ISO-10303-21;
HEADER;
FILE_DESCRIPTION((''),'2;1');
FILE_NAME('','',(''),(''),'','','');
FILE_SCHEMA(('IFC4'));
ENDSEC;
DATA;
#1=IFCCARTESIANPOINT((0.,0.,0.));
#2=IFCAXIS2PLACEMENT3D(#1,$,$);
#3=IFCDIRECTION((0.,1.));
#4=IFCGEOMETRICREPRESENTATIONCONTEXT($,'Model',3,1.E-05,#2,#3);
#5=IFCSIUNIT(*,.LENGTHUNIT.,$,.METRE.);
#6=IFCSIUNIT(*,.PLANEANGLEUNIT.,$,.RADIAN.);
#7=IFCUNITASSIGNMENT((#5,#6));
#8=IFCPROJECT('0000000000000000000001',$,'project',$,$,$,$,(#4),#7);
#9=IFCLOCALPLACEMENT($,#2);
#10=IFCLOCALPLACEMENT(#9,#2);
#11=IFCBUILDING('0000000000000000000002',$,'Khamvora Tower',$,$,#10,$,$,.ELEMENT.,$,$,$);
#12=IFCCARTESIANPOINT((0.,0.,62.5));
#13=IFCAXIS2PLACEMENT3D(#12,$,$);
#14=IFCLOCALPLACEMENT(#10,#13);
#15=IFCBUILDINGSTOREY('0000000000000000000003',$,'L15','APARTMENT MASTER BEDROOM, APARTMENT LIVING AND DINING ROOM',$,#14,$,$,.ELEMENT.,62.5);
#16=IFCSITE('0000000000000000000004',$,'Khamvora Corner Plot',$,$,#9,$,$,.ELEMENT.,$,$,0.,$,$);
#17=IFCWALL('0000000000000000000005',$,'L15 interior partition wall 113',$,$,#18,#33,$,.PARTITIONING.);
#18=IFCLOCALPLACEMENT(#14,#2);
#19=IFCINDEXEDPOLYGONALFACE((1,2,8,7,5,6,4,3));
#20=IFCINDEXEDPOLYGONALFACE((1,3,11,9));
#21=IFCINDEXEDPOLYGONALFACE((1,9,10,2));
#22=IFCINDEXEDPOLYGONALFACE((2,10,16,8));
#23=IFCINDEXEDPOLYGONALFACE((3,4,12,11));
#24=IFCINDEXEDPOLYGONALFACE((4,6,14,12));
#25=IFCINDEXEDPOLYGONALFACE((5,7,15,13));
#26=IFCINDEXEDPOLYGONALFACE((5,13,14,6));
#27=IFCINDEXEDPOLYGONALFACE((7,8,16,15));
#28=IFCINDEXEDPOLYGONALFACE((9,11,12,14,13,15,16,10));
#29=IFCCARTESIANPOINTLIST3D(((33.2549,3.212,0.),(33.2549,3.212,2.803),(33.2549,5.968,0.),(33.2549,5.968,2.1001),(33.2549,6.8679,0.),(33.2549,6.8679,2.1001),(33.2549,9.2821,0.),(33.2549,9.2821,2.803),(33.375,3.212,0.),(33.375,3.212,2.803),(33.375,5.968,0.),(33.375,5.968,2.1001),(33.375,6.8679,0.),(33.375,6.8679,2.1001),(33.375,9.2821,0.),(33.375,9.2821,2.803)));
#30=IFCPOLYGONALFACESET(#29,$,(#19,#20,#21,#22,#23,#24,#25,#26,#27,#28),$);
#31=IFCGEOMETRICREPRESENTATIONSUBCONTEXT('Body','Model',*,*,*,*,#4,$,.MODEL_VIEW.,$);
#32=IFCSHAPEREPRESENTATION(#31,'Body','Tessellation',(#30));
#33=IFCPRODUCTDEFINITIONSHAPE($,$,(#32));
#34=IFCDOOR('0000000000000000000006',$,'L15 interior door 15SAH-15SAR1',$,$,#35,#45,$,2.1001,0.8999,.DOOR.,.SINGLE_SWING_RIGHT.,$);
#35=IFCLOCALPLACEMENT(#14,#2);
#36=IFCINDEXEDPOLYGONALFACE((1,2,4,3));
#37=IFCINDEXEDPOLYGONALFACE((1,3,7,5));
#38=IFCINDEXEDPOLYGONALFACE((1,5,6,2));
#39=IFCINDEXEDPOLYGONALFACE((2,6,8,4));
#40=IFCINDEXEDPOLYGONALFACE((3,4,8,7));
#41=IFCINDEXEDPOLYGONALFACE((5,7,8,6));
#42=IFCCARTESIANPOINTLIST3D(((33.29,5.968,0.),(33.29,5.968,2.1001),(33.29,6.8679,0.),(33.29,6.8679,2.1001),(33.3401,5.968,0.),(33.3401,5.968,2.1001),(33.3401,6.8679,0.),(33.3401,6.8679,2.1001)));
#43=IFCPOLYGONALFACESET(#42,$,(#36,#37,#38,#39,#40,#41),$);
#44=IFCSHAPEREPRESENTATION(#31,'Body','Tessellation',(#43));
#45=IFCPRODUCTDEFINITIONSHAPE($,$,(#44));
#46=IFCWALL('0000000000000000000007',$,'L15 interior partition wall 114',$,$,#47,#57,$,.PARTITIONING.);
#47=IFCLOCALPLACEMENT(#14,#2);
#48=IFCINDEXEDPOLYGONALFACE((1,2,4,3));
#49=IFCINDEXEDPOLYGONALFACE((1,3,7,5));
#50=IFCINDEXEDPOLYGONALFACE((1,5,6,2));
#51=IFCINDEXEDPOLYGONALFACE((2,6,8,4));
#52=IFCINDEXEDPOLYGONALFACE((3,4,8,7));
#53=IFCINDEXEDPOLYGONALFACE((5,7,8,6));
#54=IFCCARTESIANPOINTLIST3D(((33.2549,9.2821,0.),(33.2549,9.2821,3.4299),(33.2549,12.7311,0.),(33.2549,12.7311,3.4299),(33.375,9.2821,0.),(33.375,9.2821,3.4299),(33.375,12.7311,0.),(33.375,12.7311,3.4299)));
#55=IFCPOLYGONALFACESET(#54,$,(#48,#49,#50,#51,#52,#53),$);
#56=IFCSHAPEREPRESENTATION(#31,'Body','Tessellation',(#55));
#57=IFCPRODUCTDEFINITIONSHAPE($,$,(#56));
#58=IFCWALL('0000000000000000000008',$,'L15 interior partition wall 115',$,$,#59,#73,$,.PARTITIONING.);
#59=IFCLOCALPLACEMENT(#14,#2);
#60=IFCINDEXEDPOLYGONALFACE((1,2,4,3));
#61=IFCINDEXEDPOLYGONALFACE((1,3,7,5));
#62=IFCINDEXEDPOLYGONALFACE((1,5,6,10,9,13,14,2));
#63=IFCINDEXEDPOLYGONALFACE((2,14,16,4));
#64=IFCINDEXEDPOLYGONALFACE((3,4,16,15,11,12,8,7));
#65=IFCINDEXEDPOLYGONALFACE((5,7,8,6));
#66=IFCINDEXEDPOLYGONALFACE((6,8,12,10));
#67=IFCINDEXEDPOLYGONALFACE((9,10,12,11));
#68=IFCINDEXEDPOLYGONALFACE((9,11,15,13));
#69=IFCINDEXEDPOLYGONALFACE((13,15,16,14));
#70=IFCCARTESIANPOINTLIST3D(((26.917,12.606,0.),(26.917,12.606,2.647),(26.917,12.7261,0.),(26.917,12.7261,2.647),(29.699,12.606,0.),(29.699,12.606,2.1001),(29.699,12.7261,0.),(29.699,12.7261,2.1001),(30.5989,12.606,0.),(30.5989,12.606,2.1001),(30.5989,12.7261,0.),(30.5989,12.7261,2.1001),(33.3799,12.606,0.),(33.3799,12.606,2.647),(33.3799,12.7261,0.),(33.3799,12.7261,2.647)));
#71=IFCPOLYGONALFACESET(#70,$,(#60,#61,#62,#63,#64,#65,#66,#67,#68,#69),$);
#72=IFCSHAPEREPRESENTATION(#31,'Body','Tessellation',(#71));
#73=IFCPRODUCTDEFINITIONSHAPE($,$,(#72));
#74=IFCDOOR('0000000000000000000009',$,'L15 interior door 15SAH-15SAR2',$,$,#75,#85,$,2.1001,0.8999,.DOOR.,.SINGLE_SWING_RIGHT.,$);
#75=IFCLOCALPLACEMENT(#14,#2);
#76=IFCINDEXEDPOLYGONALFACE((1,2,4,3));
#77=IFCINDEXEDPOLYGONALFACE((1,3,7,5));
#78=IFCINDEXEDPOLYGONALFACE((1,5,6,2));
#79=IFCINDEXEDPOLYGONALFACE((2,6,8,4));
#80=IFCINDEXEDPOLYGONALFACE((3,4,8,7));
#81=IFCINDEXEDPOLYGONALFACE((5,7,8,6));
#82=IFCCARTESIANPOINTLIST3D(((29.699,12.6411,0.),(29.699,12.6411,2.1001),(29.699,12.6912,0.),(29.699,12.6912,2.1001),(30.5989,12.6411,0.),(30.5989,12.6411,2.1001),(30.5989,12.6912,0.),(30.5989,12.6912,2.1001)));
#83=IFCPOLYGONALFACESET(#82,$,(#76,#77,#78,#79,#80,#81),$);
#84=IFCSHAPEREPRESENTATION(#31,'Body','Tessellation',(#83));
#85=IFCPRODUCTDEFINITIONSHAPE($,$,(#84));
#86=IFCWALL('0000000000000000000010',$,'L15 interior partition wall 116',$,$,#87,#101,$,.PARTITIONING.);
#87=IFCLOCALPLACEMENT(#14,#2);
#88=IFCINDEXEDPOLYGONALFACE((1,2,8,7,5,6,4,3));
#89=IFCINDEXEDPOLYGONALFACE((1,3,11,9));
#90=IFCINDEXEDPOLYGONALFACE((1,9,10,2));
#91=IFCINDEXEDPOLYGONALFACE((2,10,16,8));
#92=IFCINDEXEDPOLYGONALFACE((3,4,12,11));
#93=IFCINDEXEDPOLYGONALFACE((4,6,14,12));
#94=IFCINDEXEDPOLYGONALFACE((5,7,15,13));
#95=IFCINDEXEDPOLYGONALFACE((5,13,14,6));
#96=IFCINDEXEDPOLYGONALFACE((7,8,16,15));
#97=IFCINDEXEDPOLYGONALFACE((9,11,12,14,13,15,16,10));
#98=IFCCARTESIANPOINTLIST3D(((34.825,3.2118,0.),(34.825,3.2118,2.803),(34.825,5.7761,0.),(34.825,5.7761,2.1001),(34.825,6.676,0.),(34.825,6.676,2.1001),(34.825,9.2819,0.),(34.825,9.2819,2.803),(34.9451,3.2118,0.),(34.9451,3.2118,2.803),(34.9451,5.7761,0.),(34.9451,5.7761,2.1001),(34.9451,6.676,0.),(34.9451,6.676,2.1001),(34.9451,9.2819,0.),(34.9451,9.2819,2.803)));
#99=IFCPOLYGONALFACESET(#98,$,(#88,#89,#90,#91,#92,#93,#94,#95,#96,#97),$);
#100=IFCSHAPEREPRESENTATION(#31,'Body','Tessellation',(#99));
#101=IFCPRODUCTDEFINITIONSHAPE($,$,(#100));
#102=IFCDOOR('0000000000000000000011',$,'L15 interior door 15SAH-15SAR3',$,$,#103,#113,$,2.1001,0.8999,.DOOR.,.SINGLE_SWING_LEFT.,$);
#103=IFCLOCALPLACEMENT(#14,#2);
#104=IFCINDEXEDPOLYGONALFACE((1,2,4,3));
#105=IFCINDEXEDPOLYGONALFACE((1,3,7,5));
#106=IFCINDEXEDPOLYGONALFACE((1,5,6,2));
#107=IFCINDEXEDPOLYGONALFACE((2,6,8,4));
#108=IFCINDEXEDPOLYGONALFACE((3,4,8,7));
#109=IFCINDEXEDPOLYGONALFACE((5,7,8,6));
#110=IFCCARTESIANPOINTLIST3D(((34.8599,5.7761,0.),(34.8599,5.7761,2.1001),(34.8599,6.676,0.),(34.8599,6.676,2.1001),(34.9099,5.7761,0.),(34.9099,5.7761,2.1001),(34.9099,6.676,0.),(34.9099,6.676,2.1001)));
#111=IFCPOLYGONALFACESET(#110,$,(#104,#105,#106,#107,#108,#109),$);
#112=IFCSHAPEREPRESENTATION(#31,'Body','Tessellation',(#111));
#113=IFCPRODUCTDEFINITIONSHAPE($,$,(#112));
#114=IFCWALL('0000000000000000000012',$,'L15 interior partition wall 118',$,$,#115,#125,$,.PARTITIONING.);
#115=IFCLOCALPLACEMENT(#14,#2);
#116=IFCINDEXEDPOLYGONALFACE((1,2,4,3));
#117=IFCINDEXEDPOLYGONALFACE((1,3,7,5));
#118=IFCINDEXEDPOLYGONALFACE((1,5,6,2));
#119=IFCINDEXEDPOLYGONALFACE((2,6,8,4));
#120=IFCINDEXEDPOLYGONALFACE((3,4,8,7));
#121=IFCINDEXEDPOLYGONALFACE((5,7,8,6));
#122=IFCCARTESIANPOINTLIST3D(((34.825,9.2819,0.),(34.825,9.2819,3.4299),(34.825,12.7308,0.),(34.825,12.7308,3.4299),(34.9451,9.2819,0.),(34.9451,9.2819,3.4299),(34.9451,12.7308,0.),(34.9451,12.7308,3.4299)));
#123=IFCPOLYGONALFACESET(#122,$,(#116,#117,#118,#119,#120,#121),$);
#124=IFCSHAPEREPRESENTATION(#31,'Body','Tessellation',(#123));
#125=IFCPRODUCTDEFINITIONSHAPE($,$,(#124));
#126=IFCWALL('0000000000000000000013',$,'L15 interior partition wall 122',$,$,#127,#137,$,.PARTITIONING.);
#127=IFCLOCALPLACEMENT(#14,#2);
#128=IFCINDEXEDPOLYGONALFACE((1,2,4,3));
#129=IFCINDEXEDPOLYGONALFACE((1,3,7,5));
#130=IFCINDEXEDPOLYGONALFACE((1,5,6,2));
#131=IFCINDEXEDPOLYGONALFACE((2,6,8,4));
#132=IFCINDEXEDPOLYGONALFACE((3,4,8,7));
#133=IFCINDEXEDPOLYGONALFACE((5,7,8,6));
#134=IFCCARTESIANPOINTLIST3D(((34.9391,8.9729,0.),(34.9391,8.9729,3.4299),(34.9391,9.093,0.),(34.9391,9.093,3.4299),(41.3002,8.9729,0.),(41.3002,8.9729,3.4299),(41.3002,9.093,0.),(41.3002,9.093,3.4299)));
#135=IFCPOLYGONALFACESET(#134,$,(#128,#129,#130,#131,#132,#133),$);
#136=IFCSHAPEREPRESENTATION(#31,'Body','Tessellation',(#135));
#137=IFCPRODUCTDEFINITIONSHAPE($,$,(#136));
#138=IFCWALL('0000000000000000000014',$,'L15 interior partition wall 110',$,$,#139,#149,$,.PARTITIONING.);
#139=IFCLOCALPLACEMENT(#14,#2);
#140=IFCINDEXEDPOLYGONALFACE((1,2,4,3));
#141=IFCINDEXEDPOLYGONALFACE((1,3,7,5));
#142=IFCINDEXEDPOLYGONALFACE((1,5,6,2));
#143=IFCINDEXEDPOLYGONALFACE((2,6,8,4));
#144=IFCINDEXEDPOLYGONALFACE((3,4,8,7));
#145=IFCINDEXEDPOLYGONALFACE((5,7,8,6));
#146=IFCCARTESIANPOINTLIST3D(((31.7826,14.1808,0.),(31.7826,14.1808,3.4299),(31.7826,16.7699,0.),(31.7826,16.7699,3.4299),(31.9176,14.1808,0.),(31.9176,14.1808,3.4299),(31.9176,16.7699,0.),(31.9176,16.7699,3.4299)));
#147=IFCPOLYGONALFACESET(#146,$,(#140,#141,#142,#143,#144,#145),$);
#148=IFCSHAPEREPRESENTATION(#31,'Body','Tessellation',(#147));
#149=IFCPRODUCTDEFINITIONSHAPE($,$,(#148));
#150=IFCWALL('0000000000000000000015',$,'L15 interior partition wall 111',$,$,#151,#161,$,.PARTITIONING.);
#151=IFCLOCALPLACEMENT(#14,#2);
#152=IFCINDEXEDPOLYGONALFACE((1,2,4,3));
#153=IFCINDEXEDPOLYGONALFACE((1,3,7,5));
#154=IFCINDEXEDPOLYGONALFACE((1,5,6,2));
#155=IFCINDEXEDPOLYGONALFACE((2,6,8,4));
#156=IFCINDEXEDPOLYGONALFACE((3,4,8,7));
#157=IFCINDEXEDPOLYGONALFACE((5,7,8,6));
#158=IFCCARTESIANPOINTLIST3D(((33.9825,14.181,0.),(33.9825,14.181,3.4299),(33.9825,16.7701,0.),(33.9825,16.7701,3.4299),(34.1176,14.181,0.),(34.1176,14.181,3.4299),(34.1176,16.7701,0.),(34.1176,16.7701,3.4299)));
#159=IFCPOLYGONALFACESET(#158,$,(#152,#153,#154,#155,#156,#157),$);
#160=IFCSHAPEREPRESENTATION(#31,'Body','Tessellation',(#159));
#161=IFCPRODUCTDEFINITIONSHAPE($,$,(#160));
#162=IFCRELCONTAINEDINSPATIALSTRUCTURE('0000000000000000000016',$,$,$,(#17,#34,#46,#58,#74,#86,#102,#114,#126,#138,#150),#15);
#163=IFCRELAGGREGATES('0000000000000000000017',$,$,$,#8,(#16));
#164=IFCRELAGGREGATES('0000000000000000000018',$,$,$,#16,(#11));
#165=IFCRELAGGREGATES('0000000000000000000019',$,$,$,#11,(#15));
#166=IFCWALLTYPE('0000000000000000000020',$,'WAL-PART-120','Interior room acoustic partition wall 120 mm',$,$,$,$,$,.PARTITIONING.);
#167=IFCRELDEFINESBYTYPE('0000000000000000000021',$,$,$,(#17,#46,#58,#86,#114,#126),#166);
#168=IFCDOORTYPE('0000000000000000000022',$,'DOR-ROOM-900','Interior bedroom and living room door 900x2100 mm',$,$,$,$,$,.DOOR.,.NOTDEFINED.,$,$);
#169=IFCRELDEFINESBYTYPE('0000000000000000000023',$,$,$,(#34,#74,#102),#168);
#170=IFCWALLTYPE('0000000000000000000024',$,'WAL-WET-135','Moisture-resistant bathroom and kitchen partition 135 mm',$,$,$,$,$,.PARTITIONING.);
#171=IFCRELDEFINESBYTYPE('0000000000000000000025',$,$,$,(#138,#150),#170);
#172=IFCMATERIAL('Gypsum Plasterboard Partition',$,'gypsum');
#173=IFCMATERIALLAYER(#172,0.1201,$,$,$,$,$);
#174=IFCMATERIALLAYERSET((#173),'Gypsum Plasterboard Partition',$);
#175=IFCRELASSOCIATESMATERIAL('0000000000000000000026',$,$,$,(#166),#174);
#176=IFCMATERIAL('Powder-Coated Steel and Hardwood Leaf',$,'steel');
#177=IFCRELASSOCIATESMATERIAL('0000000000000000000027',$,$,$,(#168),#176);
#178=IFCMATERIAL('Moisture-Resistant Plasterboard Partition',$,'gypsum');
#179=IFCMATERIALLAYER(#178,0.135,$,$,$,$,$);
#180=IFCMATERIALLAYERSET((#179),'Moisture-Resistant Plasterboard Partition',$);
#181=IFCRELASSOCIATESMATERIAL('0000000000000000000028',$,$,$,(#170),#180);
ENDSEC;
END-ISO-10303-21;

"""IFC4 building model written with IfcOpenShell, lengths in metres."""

from ifc_helpers import new_model, si_unit, direction, frame, frame_2d, origin, place, context, subcontext, project, spatial, rectangle, extrude, material, layer, layer_set, type_object, element, fill, save


model = new_model("IFC4")

# Units and contexts
model_context = context("Model", 3, precision=1e-05, world=origin(), true_north=direction((0.0, 1.0)))
body_context = subcontext(model_context, "Body", "Model", "MODEL_VIEW")
ifc_project = project(units=[si_unit("LENGTHUNIT", "METRE"), si_unit("PLANEANGLEUNIT", "RADIAN")], contexts=[model_context])

# Site, building, storey
site_placement = place(None, origin())
site = spatial("IfcSite", under=ifc_project, at=site_placement, Name="Khamvora Corner Plot", CompositionType="ELEMENT", RefElevation=0.0)
building_placement = place(site_placement, origin())
building = spatial("IfcBuilding", under=site, at=building_placement, Name="Khamvora Tower", CompositionType="ELEMENT")
storey_placement = place(building_placement, frame((0.0, 0.0, 62.5)))
storey = spatial("IfcBuildingStorey", under=building, at=storey_placement, Name="L15", Description="APARTMENT MASTER BEDROOM, APARTMENT LIVING AND DINING ROOM", CompositionType="ELEMENT", Elevation=62.5)

# Shared definitions
ifc_material_1 = material(Name="Powder-Coated Steel and Hardwood Leaf", Category="steel")

# Wall, opening, door
ifc_material_2 = material(Name="Gypsum Plasterboard Partition", Category="gypsum")
ifc_layer_1 = layer(ifc_material_2, 0.1201)
ifc_layer_set_1 = layer_set([ifc_layer_1], Name="Gypsum Plasterboard Partition")
wall_type_1 = type_object("IfcWallType", Name="WAL-PART-120", Description="Interior room acoustic partition wall 120 mm", PredefinedType="PARTITIONING", material=ifc_layer_set_1)
wall_1_placement = place(storey_placement, frame((33.3149, 3.2119, 0.0), z_axis=(0.0, 0.0, 1.0), x_axis=(0.0, 1.0, 0.0)))
wall_1 = element("IfcWall", 1, at=wall_1_placement, inside=storey, type_object=wall_type_1, Name="L15 interior partition wall 113", PredefinedType="PARTITIONING", context=body_context, shape_type="SweptSolid", body=[
    extrude(rectangle(XDim=6.0701, YDim=0.1201, at=frame_2d((3.0352, 0.0))), origin(), (0.0, 0.0, 1.0), 2.803),
])
opening_1_placement = place(wall_1_placement, frame((2.7561, 0.0, 0.0)))
opening_1 = element("IfcOpeningElement", 2, at=opening_1_placement, cuts=wall_1, PredefinedType="OPENING", context=body_context, shape_type="SweptSolid", body=[
    extrude(rectangle(XDim=0.8999, YDim=2.1001, at=frame_2d((0.45, 1.05))), frame((0.0, 0.0701, 0.0), z_axis=(0.0, -1.0, 0.0), x_axis=(1.0, 0.0, 0.0)), (0.0, 0.0, 1.0), 0.1401),
])
door_type_1 = type_object("IfcDoorType", Name="DOR-ROOM-900", Description="Interior bedroom and living room door 900x2100 mm", OperationType="NOTDEFINED", PredefinedType="DOOR", material=ifc_material_1)
door_1_placement = place(opening_1_placement, origin())
door_1 = element("IfcDoor", 3, at=door_1_placement, inside=storey, type_object=door_type_1, Name="L15 interior door 15SAH-15SAR1", OperationType="SINGLE_SWING_RIGHT", OverallHeight=2.1001, OverallWidth=0.8999, PredefinedType="DOOR", context=body_context, shape_type="SweptSolid", body=[
    extrude(rectangle(XDim=0.8999, YDim=2.1001, at=frame_2d((0.45, 1.05))), frame((0.0, 0.0249, 0.0), z_axis=(0.0, -1.0, 0.0), x_axis=(1.0, 0.0, 0.0)), (0.0, 0.0, 1.0), 0.05),
])
fill(opening_1, door_1)

# Wall
wall_2_placement = place(storey_placement, frame((33.3149, 9.282, 0.0), z_axis=(0.0, 0.0, 1.0), x_axis=(0.0, 1.0, 0.0)))
element("IfcWall", 4, at=wall_2_placement, inside=storey, type_object=wall_type_1, Name="L15 interior partition wall 114", PredefinedType="PARTITIONING", context=body_context, shape_type="SweptSolid", body=[
    extrude(rectangle(XDim=3.449, YDim=0.1201, at=frame_2d((1.7246, 0.0))), origin(), (0.0, 0.0, 1.0), 3.4299),
])

# Walls, openings, doors
wall_3_placement = place(storey_placement, frame((33.3799, 12.666, 0.0), z_axis=(0.0, 0.0, 1.0), x_axis=(-1.0, 0.0, 0.0)))
wall_3 = element("IfcWall", 5, at=wall_3_placement, inside=storey, type_object=wall_type_1, Name="L15 interior partition wall 115", PredefinedType="PARTITIONING", context=body_context, shape_type="SweptSolid", body=[
    extrude(rectangle(XDim=6.4629, YDim=0.1201, at=frame_2d((3.2314, 0.0))), origin(), (0.0, 0.0, 1.0), 2.647),
])
opening_2_placement = place(wall_3_placement, frame((2.781, 0.0, 0.0)))
opening_2 = element("IfcOpeningElement", 6, at=opening_2_placement, cuts=wall_3, PredefinedType="OPENING", context=body_context, shape_type="SweptSolid", body=[
    extrude(rectangle(XDim=0.8999, YDim=2.1001, at=frame_2d((0.45, 1.05))), frame((0.0, 0.0701, 0.0), z_axis=(0.0, -1.0, 0.0), x_axis=(1.0, 0.0, 0.0)), (0.0, 0.0, 1.0), 0.1401),
])
door_2_placement = place(opening_2_placement, origin())
door_2 = element("IfcDoor", 7, at=door_2_placement, inside=storey, type_object=door_type_1, Name="L15 interior door 15SAH-15SAR2", OperationType="SINGLE_SWING_RIGHT", OverallHeight=2.1001, OverallWidth=0.8999, PredefinedType="DOOR", context=body_context, shape_type="SweptSolid", body=[
    extrude(rectangle(XDim=0.8999, YDim=2.1001, at=frame_2d((0.45, 1.05))), frame((0.0, 0.0249, 0.0), z_axis=(0.0, -1.0, 0.0), x_axis=(1.0, 0.0, 0.0)), (0.0, 0.0, 1.0), 0.05),
])
fill(opening_2, door_2)
wall_4_placement = place(storey_placement, frame((34.885, 9.282, 0.0), z_axis=(0.0, 0.0, 1.0), x_axis=(0.0, -1.0, 0.0)))
wall_4 = element("IfcWall", 8, at=wall_4_placement, inside=storey, type_object=wall_type_1, Name="L15 interior partition wall 116", PredefinedType="PARTITIONING", context=body_context, shape_type="SweptSolid", body=[
    extrude(rectangle(XDim=6.0701, YDim=0.1201, at=frame_2d((3.0352, 0.0))), origin(), (0.0, 0.0, 1.0), 2.803),
])
opening_3_placement = place(wall_4_placement, frame((2.606, 0.0, 0.0)))
opening_3 = element("IfcOpeningElement", 9, at=opening_3_placement, cuts=wall_4, PredefinedType="OPENING", context=body_context, shape_type="SweptSolid", body=[
    extrude(rectangle(XDim=0.8999, YDim=2.1001, at=frame_2d((0.45, 1.05))), frame((0.0, 0.0701, 0.0), z_axis=(0.0, -1.0, 0.0), x_axis=(1.0, 0.0, 0.0)), (0.0, 0.0, 1.0), 0.1401),
])
door_3_placement = place(opening_3_placement, origin())
door_3 = element("IfcDoor", 10, at=door_3_placement, inside=storey, type_object=door_type_1, Name="L15 interior door 15SAH-15SAR3", OperationType="SINGLE_SWING_LEFT", OverallHeight=2.1001, OverallWidth=0.8999, PredefinedType="DOOR", context=body_context, shape_type="SweptSolid", body=[
    extrude(rectangle(XDim=0.8999, YDim=2.1001, at=frame_2d((0.45, 1.05))), frame((0.0, 0.0249, 0.0), z_axis=(0.0, -1.0, 0.0), x_axis=(1.0, 0.0, 0.0)), (0.0, 0.0, 1.0), 0.05),
])
fill(opening_3, door_3)

# Walls
wall_5_placement = place(storey_placement, frame((34.885, 12.731, 0.0), z_axis=(0.0, 0.0, 1.0), x_axis=(0.0, -1.0, 0.0)))
element("IfcWall", 11, at=wall_5_placement, inside=storey, type_object=wall_type_1, Name="L15 interior partition wall 118", PredefinedType="PARTITIONING", context=body_context, shape_type="SweptSolid", body=[
    extrude(rectangle(XDim=3.449, YDim=0.1201, at=frame_2d((1.7246, 0.0))), origin(), (0.0, 0.0, 1.0), 3.4299),
])
wall_6_placement = place(storey_placement, frame((34.939, 9.033, 0.0), z_axis=(0.0, 0.0, 1.0), x_axis=(1.0, 0.0, 0.0)))
element("IfcWall", 12, at=wall_6_placement, inside=storey, type_object=wall_type_1, Name="L15 interior partition wall 122", PredefinedType="PARTITIONING", context=body_context, shape_type="SweptSolid", body=[
    extrude(rectangle(XDim=6.3611, YDim=0.1201, at=frame_2d((3.1807, 0.0))), origin(), (0.0, 0.0, 1.0), 3.4299),
])
ifc_material_3 = material(Name="Moisture-Resistant Plasterboard Partition", Category="gypsum")
ifc_layer_2 = layer(ifc_material_3, 0.135)
ifc_layer_set_2 = layer_set([ifc_layer_2], Name="Moisture-Resistant Plasterboard Partition")
wall_type_2 = type_object("IfcWallType", Name="WAL-WET-135", Description="Moisture-resistant bathroom and kitchen partition 135 mm", PredefinedType="PARTITIONING", material=ifc_layer_set_2)
for number, where, z_axis, x_axis, name in (
    (13, (31.8501, 14.1809, 0.0), (0.0, 0.0, 1.0), (0.0, 1.0, 0.0), "L15 interior partition wall 110"),
    (14, (34.05, 16.77, 0.0), (0.0, 0.0, 1.0), (0.0, -1.0, 0.0), "L15 interior partition wall 111"),
):
    element("IfcWall", number, at=place(storey_placement, frame(where, z_axis=z_axis, x_axis=x_axis)), inside=storey, type_object=wall_type_2, Name=name, PredefinedType="PARTITIONING", context=body_context, shape_type="SweptSolid", body=[
        extrude(rectangle(XDim=2.5891, YDim=0.135, at=frame_2d((1.2944, 0.0))), origin(), (0.0, 0.0, 1.0), 3.4299),
    ])

save(model, "model.ifc")
